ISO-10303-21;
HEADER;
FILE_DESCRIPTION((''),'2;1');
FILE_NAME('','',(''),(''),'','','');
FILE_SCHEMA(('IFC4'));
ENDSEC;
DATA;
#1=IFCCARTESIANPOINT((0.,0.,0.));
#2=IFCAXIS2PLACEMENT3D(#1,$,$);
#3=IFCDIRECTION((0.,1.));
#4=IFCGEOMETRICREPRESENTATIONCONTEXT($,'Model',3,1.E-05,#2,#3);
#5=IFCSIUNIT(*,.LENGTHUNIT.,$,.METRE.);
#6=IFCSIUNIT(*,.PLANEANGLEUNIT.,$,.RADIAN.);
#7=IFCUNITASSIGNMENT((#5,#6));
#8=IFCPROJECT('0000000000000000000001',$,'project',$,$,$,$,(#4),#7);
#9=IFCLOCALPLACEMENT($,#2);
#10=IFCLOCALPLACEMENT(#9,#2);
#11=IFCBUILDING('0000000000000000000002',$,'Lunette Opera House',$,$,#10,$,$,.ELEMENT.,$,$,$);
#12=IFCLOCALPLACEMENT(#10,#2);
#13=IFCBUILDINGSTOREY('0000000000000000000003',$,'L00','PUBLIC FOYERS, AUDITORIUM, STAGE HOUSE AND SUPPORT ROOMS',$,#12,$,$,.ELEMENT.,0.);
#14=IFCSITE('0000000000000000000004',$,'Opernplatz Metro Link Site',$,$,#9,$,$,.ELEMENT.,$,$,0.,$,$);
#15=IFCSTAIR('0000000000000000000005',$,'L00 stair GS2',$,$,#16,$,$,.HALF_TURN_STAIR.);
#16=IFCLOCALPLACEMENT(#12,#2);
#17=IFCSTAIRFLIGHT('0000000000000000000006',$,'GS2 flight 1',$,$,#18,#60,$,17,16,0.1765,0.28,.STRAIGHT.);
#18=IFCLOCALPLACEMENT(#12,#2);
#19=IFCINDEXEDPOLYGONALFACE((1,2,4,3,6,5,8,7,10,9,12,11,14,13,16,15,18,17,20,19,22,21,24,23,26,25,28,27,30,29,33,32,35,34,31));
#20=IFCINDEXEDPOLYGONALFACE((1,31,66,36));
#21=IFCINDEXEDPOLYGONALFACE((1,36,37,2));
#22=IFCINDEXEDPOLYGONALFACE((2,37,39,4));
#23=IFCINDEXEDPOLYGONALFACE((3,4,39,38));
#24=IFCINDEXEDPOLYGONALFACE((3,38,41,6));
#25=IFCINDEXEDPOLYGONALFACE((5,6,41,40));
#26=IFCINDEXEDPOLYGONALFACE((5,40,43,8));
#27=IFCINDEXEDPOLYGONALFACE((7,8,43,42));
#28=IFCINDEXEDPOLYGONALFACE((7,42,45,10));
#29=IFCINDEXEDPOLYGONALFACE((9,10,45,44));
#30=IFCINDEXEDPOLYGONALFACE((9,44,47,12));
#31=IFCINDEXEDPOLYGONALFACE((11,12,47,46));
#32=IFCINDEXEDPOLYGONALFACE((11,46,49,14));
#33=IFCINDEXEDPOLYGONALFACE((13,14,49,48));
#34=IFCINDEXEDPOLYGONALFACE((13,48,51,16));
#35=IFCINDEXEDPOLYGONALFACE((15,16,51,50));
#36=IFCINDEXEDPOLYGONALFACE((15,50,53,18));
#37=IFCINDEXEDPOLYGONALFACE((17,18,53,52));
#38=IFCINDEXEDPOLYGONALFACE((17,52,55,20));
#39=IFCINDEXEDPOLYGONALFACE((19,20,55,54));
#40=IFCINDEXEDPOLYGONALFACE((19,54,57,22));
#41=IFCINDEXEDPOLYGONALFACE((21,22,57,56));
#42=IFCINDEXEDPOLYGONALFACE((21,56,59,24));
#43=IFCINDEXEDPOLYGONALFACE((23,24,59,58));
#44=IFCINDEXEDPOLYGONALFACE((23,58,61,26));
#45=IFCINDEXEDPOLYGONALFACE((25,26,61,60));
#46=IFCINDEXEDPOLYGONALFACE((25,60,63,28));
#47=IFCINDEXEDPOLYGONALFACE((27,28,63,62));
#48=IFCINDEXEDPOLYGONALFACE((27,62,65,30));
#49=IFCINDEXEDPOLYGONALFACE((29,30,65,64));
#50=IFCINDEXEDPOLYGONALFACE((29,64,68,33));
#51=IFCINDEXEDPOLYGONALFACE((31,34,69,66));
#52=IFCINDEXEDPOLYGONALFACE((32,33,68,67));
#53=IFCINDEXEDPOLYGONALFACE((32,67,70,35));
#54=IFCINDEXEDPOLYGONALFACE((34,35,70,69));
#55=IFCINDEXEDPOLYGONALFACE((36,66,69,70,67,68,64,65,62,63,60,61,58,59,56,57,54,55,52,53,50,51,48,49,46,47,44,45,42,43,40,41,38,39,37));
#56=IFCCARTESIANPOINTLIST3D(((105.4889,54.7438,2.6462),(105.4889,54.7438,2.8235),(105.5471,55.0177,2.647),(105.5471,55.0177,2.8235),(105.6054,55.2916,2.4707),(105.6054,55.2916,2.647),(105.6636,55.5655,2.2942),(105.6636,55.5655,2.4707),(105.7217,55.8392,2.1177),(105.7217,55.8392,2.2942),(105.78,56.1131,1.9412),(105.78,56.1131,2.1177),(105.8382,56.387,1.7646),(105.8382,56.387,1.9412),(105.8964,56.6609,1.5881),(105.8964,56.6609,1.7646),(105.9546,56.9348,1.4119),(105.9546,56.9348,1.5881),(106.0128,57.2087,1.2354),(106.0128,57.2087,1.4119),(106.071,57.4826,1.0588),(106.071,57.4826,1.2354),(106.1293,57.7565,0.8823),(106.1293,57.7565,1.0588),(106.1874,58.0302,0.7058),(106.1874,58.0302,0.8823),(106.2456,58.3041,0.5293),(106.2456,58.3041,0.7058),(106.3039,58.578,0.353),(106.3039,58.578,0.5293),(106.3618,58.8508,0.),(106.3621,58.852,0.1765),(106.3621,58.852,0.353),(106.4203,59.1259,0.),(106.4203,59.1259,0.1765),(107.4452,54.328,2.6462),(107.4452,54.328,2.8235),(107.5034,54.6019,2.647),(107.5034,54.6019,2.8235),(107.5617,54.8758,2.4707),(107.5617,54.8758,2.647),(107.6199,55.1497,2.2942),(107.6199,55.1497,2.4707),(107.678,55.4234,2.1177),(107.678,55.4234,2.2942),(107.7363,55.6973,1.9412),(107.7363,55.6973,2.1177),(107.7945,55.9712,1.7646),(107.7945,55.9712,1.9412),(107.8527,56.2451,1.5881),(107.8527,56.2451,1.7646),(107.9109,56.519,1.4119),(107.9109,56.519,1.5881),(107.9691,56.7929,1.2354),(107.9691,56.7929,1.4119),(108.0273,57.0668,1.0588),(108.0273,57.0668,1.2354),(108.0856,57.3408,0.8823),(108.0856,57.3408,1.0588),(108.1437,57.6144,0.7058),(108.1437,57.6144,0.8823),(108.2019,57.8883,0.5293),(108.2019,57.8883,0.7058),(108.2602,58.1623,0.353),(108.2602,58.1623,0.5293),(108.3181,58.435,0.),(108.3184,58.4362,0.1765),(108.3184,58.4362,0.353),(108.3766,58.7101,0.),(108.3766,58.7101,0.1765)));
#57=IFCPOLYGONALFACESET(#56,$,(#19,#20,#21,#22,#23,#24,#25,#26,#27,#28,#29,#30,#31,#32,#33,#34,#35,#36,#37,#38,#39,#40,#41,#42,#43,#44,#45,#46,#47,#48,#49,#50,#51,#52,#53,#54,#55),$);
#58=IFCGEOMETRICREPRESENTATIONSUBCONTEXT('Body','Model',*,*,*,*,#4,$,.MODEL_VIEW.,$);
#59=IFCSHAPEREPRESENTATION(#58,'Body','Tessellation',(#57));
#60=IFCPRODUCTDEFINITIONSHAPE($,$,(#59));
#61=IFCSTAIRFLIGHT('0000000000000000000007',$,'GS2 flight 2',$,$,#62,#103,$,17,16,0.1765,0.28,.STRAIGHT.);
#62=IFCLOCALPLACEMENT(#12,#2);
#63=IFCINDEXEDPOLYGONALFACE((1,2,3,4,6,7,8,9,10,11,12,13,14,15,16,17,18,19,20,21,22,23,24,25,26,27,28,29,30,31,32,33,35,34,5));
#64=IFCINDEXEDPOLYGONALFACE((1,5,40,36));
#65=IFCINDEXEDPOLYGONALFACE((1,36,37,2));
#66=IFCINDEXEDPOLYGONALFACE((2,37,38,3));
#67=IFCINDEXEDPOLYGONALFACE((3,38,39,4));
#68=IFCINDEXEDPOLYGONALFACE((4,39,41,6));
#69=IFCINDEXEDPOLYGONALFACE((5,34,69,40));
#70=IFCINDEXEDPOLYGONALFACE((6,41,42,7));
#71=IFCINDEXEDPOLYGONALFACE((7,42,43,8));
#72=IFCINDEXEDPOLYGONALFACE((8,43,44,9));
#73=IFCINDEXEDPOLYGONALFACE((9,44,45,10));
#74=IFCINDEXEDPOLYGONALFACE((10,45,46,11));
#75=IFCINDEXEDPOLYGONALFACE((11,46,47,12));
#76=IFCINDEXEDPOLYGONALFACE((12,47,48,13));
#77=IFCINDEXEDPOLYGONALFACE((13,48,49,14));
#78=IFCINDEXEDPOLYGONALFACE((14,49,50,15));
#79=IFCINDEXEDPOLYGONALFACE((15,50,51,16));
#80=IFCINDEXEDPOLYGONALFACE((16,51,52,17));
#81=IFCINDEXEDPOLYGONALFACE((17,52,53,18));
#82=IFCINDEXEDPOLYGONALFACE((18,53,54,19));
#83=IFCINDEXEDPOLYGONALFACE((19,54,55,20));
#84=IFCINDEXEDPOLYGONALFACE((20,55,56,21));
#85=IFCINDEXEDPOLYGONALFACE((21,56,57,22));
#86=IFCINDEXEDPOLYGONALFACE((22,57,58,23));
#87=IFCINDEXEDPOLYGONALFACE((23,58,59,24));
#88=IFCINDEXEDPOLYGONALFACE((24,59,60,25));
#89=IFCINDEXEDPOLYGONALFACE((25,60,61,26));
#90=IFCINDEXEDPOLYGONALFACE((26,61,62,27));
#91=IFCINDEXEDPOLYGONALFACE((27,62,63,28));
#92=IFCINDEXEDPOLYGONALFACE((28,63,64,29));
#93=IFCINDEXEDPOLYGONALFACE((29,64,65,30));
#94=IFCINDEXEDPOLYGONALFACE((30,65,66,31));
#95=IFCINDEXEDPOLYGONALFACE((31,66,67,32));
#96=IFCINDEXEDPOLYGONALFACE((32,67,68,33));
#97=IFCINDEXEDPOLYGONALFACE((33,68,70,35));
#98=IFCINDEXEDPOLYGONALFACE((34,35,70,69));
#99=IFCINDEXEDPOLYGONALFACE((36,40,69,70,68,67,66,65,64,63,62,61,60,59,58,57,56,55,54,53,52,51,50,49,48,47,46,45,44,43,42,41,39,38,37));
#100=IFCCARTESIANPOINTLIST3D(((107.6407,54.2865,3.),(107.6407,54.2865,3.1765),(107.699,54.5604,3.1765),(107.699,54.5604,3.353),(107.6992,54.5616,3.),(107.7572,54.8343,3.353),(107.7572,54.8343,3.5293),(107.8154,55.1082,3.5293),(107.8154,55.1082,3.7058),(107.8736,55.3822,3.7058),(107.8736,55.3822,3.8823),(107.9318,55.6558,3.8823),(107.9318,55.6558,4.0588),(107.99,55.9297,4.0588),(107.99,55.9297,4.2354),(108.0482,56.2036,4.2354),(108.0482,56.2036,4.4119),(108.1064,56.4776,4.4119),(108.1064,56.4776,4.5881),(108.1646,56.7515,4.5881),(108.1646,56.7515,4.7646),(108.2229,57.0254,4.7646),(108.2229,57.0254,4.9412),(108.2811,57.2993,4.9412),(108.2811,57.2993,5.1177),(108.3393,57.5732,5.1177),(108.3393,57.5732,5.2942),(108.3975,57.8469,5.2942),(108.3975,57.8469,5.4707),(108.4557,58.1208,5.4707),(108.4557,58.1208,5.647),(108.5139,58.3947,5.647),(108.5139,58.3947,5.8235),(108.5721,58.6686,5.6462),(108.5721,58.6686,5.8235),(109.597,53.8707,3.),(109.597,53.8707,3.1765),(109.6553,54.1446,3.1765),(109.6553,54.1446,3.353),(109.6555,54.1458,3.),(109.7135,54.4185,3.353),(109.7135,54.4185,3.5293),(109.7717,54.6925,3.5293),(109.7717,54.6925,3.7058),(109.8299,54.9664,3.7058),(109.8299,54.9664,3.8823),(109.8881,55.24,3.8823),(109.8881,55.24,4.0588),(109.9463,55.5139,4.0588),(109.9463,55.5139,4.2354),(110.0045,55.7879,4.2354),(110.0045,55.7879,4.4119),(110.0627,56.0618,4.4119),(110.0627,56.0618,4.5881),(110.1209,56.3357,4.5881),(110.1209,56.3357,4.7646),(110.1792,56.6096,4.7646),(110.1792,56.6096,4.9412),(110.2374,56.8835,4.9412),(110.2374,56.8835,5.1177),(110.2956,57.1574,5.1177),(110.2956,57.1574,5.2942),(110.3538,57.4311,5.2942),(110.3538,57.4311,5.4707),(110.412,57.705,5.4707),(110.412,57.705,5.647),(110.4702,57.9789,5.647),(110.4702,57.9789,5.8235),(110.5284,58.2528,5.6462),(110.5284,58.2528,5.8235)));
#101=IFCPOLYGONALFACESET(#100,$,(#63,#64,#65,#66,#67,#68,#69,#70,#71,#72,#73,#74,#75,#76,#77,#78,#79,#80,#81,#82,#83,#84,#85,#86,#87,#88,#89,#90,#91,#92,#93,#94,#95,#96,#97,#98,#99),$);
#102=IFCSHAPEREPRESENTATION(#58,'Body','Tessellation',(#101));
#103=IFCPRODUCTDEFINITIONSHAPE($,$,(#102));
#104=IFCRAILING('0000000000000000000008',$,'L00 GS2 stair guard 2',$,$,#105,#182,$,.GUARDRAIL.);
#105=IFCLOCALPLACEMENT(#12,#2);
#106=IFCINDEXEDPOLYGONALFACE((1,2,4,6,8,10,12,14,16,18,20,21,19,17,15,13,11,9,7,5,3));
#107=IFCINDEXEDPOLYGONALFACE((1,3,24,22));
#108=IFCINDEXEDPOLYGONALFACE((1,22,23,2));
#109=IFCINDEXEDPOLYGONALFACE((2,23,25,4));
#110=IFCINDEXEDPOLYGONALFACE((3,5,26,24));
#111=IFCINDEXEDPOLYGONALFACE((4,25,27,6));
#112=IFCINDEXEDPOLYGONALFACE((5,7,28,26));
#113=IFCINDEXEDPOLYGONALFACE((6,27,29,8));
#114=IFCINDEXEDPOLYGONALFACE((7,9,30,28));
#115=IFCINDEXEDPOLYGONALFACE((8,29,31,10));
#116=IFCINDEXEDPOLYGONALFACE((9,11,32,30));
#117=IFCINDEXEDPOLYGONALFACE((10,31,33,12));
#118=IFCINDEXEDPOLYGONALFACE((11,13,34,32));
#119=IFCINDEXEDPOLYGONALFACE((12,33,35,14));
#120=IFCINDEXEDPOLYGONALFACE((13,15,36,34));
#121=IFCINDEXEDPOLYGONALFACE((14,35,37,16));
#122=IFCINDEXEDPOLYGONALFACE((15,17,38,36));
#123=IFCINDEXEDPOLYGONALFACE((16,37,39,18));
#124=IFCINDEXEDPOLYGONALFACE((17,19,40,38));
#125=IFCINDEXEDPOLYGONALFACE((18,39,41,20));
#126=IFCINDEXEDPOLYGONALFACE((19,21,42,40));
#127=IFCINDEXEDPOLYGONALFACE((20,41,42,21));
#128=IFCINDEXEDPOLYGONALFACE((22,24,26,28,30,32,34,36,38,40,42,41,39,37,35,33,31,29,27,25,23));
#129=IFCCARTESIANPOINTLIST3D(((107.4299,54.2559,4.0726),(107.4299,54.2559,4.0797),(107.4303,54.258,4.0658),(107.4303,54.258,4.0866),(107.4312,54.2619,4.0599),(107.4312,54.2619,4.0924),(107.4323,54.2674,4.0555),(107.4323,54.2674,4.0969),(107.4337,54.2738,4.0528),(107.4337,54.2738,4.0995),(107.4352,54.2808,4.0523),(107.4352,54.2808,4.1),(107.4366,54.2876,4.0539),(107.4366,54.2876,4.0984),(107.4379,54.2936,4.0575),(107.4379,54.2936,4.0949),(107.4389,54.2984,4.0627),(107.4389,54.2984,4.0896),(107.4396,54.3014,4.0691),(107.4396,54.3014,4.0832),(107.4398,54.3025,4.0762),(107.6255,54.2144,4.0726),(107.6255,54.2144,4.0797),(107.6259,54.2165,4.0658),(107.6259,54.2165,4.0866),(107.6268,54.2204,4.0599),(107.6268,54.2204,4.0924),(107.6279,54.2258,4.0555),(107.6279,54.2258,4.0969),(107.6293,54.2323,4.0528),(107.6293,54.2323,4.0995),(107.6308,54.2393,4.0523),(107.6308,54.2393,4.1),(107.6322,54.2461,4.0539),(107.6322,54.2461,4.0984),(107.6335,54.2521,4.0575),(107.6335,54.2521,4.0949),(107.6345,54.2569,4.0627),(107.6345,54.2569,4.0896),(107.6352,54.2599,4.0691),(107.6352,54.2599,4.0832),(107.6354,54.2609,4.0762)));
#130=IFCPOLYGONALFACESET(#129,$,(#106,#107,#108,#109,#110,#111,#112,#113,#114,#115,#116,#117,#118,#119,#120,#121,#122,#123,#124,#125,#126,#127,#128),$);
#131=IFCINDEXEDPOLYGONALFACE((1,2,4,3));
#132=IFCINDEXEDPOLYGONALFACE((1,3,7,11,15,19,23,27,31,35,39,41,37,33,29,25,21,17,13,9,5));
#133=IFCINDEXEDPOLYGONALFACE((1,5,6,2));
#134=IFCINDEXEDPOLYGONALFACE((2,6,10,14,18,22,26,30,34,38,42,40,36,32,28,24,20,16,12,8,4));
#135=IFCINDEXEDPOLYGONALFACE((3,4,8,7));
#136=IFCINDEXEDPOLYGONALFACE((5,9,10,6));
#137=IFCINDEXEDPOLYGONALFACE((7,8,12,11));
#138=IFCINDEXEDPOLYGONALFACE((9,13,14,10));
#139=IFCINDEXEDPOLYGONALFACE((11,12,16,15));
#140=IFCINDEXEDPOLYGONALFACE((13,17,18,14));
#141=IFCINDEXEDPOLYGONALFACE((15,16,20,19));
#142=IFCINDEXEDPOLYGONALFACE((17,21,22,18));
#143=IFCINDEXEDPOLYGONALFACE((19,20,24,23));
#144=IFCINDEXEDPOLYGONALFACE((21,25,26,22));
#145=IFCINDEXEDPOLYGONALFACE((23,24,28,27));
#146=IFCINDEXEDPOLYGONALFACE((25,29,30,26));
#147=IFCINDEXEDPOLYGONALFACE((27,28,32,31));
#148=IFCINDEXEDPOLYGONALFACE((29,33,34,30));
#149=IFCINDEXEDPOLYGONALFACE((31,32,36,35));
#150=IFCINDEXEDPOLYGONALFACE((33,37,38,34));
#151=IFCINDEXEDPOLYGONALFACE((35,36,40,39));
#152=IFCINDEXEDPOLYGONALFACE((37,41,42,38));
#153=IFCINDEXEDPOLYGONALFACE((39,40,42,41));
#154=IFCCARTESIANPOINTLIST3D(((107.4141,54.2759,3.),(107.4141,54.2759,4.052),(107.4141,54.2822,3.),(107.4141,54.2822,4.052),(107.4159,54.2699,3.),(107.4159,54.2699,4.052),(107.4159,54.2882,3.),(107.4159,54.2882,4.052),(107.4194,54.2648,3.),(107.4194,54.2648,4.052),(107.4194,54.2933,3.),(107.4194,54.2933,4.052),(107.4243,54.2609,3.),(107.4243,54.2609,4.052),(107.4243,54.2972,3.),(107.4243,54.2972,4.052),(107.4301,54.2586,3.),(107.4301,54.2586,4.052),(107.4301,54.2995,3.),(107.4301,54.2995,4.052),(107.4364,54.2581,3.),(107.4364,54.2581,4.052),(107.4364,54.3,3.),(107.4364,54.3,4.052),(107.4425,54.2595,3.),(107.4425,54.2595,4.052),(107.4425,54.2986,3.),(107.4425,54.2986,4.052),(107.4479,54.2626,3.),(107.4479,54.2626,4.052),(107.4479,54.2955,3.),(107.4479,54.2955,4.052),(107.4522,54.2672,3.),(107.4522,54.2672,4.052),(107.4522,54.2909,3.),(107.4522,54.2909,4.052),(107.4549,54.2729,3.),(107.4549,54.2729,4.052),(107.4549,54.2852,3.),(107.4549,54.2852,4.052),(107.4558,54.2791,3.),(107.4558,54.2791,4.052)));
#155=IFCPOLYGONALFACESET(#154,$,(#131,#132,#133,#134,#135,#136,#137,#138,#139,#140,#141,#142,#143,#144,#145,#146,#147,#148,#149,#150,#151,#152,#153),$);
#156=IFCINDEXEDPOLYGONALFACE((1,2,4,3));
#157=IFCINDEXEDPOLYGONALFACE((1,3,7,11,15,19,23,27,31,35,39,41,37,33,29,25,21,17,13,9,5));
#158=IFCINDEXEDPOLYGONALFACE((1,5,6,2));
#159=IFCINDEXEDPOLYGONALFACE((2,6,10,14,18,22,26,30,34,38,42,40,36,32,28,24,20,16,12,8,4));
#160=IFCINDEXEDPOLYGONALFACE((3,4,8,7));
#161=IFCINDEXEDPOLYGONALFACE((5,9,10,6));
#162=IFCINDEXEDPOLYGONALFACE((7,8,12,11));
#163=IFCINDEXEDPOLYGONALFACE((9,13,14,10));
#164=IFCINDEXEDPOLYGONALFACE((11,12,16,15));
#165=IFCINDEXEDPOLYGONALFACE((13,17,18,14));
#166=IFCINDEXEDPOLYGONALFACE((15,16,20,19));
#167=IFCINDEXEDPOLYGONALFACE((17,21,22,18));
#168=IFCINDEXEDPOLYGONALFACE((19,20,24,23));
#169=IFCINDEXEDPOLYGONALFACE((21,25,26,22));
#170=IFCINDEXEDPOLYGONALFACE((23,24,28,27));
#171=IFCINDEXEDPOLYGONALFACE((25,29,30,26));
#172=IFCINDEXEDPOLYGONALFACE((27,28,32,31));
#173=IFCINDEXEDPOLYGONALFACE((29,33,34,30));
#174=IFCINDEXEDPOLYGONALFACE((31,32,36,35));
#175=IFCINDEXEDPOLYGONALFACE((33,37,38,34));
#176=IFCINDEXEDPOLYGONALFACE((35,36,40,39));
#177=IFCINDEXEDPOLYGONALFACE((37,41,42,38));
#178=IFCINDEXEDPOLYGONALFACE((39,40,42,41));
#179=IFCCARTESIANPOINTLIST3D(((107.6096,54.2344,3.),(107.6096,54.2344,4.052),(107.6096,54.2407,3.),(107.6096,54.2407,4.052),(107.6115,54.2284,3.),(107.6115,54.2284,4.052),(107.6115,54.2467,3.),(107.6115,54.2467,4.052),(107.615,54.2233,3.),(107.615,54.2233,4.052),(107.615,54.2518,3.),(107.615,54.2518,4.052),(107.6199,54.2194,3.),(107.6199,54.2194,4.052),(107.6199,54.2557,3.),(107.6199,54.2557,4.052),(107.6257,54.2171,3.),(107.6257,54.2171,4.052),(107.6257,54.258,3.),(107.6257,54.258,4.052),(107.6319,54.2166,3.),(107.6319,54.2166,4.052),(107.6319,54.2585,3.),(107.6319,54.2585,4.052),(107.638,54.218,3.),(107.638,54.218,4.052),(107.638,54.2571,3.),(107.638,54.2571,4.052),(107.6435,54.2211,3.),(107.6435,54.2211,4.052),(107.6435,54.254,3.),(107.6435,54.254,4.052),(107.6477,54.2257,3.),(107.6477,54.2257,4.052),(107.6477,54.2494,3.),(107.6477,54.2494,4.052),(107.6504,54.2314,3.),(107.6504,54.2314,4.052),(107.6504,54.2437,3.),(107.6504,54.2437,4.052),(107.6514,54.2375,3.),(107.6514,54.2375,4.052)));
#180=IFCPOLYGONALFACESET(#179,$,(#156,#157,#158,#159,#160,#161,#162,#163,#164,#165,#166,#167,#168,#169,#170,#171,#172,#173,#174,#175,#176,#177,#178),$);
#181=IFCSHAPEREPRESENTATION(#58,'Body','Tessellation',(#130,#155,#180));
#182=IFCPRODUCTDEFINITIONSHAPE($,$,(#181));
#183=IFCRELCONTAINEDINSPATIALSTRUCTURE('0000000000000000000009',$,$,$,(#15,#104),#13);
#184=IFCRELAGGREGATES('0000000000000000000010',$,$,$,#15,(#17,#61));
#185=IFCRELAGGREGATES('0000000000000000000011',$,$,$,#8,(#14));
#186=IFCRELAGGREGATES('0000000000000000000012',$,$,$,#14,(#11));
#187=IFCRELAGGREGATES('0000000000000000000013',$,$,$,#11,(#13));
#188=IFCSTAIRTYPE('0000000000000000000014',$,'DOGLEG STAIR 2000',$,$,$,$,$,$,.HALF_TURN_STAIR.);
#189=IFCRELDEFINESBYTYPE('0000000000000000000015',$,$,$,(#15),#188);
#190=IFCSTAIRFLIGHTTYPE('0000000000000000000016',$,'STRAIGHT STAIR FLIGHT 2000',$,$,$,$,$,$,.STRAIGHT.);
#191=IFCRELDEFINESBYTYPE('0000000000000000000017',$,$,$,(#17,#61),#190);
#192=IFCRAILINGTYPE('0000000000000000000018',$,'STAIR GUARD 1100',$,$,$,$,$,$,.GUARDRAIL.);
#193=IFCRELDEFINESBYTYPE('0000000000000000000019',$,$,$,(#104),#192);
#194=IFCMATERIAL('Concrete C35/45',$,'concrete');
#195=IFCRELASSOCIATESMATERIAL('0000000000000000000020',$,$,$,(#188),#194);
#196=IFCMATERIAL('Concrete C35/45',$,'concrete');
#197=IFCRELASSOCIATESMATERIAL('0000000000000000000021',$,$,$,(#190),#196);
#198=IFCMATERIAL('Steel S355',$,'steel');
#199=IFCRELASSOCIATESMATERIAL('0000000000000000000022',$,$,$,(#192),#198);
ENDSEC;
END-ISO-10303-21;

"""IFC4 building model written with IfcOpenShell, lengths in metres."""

from ifc_helpers import new_model, si_unit, direction, frame, origin, origin_2d, place, context, subcontext, project, spatial, polyline, circle, outline, extrude, material, type_object, element, aggregate, save


model = new_model("IFC4")

# Units and contexts
model_context = context("Model", 3, precision=1e-05, world=origin(), true_north=direction((0.0, 1.0)))
body_context = subcontext(model_context, "Body", "Model", "MODEL_VIEW")
ifc_project = project(units=[si_unit("LENGTHUNIT", "METRE"), si_unit("PLANEANGLEUNIT", "RADIAN")], contexts=[model_context])

# Site, building, storey
site_placement = place(None, origin())
site = spatial("IfcSite", under=ifc_project, at=site_placement, Name="Opernplatz Metro Link Site", CompositionType="ELEMENT", RefElevation=0.0)
building_placement = place(site_placement, origin())
building = spatial("IfcBuilding", under=site, at=building_placement, Name="Lunette Opera House", CompositionType="ELEMENT")
storey_placement = place(building_placement, origin())
storey = spatial("IfcBuildingStorey", under=building, at=storey_placement, Name="L00", Description="PUBLIC FOYERS, AUDITORIUM, STAGE HOUSE AND SUPPORT ROOMS", CompositionType="ELEMENT", Elevation=0.0)

# Stair, stair flights
ifc_material_1 = material(Name="Concrete C35/45", Category="concrete")
stair_type = type_object("IfcStairType", Name="DOGLEG STAIR 2000", PredefinedType="HALF_TURN_STAIR", material=ifc_material_1)
stair_placement = place(storey_placement, origin())
stair = element("IfcStair", 1, at=stair_placement, inside=storey, type_object=stair_type, Name="L00 stair GS2", PredefinedType="HALF_TURN_STAIR")
ifc_material_2 = material(Name="Concrete C35/45", Category="concrete")
stair_flight_type = type_object("IfcStairFlightType", Name="STRAIGHT STAIR FLIGHT 2000", PredefinedType="STRAIGHT", material=ifc_material_2)
stair_flight_1_placement = place(storey_placement, frame((107.3984, 58.918, 0.0), z_axis=(0.0, 0.0, 1.0), x_axis=(-0.207893, -0.978152, 0.0)))
stair_flight_1 = element("IfcStairFlight", 2, at=stair_flight_1_placement, type_object=stair_flight_type, Name="GS2 flight 1", NumberOfRisers=17, NumberOfTreads=16, PredefinedType="STRAIGHT", RiserHeight=0.1765, TreadLength=0.28, context=body_context, shape_type="SweptSolid", body=[
    extrude(outline(polyline([(0.0, 0.0), (0.0, 0.1765), (0.28, 0.1765), (0.28, 0.353), (0.5601, 0.353), (0.5601, 0.5293), (0.8401, 0.5293), (0.8401, 0.7058), (1.1201, 0.7058), (1.1201, 0.8823), (1.3999, 0.8823), (1.3999, 1.0588), (1.6799, 1.0588), (1.6799, 1.2354), (1.96, 1.2354), (1.96, 1.4119), (2.24, 1.4119), (2.24, 1.5881), (2.52, 1.5881), (2.52, 1.7646), (2.8, 1.7646), (2.8, 1.9412), (3.0801, 1.9412), (3.0801, 2.1177), (3.3601, 2.1177), (3.3601, 2.2942), (3.6399, 2.2942), (3.6399, 2.4707), (3.9199, 2.4707), (3.9199, 2.647), (4.2, 2.647), (4.2, 2.8235), (4.48, 2.8235), (4.48, 3.0), (4.48, 2.6462), (0.2812, 0.0), (0.0, 0.0)])), frame((0.0, 1.0, 0.0), z_axis=(0.0, -1.0, 0.0), x_axis=(1.0, 0.0, 0.0)), (0.0, 0.0, 1.0), 2.0),
])
stair_flight_2_placement = place(storey_placement, frame((108.6189, 54.0786, 3.0), z_axis=(0.0, 0.0, 1.0), x_axis=(0.207893, 0.978152, 0.0)))
stair_flight_2 = element("IfcStairFlight", 3, at=stair_flight_2_placement, type_object=stair_flight_type, Name="GS2 flight 2", NumberOfRisers=17, NumberOfTreads=16, PredefinedType="STRAIGHT", RiserHeight=0.1765, TreadLength=0.28, context=body_context, shape_type="SweptSolid", body=[
    extrude(outline(polyline([(0.0, 0.0), (0.0, 0.1765), (0.28, 0.1765), (0.28, 0.353), (0.5601, 0.353), (0.5601, 0.5293), (0.8401, 0.5293), (0.8401, 0.7058), (1.1201, 0.7058), (1.1201, 0.8823), (1.3999, 0.8823), (1.3999, 1.0588), (1.6799, 1.0588), (1.6799, 1.2354), (1.96, 1.2354), (1.96, 1.4119), (2.24, 1.4119), (2.24, 1.5881), (2.52, 1.5881), (2.52, 1.7646), (2.8, 1.7646), (2.8, 1.9412), (3.0801, 1.9412), (3.0801, 2.1177), (3.3601, 2.1177), (3.3601, 2.2942), (3.6399, 2.2942), (3.6399, 2.4707), (3.9199, 2.4707), (3.9199, 2.647), (4.2, 2.647), (4.2, 2.8235), (4.48, 2.8235), (4.48, 3.0), (4.48, 2.6462), (0.2812, 0.0), (0.0, 0.0)])), frame((0.0, 1.0, 0.0), z_axis=(0.0, -1.0, 0.0), x_axis=(1.0, 0.0, 0.0)), (0.0, 0.0, 1.0), 2.0),
])
aggregate(stair, [stair_flight_1, stair_flight_2])

# Railing
ifc_material_3 = material(Name="Steel S355", Category="steel")
railing_type_1 = type_object("IfcRailingType", Name="STAIR GUARD 1100", PredefinedType="GUARDRAIL", material=ifc_material_3)
railing_1_placement = place(storey_placement, frame((107.4348, 54.2791, 3.0)))
element("IfcRailing", 4, at=railing_1_placement, inside=storey, type_object=railing_type_1, Name="L00 GS2 stair guard 2", PredefinedType="GUARDRAIL", context=body_context, shape_type="SweptSolid", body=[
    extrude(circle(Radius=0.0239, at=origin_2d()), frame((0.0, 0.0, 1.0762), z_axis=(0.978212, -0.20761, 0.0), x_axis=(0.20761, 0.978212, 0.0)), (0.0, 0.0, 1.0), 0.2),
    extrude(circle(Radius=0.021, at=origin_2d()), origin(), (0.0, 0.0, 1.0), 1.052),
    extrude(circle(Radius=0.021, at=origin_2d()), frame((0.1956, -0.0415, 0.0)), (0.0, 0.0, 1.0), 1.052),
])

save(model, "model.ifc")
